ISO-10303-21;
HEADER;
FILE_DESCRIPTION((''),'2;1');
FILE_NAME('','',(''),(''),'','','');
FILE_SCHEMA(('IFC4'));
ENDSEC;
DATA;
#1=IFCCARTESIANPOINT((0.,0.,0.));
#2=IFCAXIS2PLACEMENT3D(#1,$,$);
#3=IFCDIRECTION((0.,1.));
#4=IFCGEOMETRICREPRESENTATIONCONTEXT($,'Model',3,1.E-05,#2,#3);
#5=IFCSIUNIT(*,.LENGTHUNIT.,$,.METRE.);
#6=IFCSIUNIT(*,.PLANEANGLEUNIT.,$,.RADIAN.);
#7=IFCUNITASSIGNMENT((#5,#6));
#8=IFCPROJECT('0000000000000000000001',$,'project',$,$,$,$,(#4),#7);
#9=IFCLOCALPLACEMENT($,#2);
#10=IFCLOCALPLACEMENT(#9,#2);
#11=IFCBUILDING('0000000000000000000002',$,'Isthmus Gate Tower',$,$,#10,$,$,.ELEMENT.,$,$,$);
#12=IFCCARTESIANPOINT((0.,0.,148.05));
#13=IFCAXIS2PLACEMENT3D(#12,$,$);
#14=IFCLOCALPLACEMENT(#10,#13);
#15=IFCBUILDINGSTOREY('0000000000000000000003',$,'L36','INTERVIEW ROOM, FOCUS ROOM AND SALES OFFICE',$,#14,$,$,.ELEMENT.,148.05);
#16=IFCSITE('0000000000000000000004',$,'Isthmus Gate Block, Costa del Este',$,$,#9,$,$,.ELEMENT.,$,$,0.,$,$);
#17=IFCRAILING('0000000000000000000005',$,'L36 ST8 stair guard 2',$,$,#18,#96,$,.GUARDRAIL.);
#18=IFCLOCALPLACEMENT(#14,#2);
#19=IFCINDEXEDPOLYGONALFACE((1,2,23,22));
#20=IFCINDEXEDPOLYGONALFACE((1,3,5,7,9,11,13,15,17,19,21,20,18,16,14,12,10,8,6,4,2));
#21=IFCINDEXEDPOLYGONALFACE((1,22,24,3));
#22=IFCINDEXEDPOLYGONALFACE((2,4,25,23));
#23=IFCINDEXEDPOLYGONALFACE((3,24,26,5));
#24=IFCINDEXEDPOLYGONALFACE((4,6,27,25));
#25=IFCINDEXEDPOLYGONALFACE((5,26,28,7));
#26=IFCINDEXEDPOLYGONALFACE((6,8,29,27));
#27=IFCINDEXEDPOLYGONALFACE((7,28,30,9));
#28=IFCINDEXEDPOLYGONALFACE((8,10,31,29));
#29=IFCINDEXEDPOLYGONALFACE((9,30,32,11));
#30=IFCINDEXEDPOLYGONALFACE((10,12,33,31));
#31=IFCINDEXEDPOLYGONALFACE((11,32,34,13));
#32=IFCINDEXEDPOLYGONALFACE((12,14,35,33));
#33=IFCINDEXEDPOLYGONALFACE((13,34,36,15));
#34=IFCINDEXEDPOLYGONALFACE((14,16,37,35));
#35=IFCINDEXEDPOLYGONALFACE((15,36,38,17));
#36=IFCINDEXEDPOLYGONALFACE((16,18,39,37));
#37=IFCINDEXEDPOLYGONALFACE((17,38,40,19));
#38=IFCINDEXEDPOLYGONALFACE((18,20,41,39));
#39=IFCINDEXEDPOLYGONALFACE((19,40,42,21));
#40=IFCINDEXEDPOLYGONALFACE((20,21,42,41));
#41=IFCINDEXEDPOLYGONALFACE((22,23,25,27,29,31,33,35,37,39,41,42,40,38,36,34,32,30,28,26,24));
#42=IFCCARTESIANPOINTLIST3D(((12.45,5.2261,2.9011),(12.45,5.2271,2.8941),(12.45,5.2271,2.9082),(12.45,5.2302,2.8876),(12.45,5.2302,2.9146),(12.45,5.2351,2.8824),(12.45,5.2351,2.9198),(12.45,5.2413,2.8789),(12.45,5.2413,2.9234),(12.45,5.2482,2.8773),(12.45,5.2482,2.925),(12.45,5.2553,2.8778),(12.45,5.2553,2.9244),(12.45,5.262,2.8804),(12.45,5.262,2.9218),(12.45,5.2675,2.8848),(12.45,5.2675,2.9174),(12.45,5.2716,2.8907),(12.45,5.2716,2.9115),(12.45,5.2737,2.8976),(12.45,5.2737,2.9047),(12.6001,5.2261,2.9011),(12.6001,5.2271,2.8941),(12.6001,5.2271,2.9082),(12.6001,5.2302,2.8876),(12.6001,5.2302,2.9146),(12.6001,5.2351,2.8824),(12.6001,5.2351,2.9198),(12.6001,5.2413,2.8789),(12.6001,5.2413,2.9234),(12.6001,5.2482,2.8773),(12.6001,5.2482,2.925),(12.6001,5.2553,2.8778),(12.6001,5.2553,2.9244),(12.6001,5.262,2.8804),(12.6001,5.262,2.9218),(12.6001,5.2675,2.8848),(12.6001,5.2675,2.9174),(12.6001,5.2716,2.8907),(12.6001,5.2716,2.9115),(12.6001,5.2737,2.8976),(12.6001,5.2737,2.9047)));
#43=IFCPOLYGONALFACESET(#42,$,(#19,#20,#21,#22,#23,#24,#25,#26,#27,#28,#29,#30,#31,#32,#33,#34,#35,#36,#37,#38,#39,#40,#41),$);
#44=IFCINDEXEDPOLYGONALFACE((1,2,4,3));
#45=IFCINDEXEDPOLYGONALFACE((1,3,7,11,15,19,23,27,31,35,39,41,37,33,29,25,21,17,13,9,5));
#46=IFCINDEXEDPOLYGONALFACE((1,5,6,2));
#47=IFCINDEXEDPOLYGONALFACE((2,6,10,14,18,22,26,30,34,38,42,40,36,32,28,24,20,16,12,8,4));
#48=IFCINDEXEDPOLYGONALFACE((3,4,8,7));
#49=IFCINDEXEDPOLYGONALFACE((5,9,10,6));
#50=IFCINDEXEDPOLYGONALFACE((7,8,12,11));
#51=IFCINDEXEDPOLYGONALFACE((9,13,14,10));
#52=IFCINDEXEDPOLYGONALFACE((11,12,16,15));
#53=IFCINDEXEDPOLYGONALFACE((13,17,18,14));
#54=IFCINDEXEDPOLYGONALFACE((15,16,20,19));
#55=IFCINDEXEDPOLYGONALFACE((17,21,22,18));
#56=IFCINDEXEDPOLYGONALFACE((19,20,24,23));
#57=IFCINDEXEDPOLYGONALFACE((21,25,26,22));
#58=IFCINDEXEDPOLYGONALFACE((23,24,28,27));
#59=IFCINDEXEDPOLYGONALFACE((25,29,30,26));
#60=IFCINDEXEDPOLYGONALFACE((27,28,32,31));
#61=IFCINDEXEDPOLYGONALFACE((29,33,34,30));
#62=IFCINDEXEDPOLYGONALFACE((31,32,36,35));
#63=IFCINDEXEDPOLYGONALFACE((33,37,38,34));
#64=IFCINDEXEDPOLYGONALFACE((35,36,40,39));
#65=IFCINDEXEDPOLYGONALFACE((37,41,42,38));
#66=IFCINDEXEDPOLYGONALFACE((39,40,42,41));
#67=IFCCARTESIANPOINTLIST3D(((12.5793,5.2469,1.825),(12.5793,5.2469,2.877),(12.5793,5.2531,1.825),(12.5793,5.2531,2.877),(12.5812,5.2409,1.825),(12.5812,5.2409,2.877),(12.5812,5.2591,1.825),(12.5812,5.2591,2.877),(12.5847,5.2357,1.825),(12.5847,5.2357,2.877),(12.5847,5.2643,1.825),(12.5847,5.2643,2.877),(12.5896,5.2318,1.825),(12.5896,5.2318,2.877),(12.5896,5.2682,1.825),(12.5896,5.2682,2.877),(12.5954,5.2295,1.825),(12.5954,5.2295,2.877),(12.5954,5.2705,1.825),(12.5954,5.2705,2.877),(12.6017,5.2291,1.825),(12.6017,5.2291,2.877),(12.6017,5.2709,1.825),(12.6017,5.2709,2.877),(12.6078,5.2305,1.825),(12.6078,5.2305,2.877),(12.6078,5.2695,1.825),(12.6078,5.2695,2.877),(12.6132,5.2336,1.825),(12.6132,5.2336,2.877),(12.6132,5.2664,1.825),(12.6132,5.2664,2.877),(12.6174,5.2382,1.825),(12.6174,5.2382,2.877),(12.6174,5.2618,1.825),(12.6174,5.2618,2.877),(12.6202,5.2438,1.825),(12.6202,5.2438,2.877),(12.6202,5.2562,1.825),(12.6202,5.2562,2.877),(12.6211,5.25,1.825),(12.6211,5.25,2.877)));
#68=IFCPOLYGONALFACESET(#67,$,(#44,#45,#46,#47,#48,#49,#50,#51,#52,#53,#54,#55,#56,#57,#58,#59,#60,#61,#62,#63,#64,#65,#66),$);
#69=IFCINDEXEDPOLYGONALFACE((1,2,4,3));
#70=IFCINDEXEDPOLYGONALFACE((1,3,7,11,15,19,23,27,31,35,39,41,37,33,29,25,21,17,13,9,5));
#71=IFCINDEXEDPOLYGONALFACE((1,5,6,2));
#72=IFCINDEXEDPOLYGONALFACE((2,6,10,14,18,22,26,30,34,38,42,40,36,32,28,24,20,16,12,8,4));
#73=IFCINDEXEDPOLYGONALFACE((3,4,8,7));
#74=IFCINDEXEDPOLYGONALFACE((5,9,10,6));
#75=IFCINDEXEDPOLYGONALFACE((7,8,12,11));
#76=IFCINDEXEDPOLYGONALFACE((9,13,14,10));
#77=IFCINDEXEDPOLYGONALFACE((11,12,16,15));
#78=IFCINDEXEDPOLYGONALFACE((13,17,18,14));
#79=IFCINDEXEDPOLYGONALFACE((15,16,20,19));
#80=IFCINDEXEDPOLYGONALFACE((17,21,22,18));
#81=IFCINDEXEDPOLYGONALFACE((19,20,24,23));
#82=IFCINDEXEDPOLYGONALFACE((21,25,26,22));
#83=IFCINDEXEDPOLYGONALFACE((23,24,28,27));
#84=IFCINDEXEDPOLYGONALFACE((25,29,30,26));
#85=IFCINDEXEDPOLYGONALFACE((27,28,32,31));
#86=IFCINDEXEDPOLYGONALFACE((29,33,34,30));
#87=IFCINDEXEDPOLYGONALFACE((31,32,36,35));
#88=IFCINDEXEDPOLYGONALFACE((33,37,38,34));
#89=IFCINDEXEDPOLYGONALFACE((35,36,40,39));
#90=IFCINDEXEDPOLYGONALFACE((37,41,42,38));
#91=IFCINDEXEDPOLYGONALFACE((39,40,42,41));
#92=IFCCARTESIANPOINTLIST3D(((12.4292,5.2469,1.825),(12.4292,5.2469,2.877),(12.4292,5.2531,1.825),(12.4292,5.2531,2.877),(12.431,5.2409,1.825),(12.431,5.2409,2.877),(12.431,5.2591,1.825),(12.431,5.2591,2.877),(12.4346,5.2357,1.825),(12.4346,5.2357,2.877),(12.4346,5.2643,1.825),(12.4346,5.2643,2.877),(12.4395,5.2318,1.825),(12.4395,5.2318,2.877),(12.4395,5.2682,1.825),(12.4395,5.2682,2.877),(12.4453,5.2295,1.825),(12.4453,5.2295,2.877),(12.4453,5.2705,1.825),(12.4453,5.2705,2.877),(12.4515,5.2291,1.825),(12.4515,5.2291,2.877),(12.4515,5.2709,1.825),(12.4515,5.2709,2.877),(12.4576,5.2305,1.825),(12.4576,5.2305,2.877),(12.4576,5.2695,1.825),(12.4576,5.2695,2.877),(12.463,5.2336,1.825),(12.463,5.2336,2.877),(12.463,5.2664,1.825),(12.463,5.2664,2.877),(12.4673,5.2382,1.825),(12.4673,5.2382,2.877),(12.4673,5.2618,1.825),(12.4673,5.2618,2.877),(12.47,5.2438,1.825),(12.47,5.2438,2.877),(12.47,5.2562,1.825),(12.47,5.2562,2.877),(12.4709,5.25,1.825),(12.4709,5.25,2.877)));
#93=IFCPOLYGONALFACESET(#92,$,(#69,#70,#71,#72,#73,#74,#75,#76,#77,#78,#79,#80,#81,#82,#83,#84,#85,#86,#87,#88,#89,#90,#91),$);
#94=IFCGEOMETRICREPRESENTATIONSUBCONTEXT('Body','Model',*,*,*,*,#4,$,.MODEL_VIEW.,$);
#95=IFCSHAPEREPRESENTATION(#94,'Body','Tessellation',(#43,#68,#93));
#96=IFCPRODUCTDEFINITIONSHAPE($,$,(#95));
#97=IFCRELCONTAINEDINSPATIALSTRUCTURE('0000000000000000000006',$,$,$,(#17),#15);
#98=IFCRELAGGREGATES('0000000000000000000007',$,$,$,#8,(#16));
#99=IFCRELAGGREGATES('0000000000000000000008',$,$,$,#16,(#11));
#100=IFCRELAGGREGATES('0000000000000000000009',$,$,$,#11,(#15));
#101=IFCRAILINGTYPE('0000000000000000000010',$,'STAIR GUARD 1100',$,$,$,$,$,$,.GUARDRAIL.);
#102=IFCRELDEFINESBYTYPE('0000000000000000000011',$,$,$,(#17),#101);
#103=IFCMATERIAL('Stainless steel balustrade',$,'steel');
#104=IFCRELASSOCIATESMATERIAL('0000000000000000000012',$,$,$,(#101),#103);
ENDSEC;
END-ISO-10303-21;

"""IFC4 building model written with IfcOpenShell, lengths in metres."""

from ifc_helpers import new_model, si_unit, direction, frame, origin, origin_2d, place, context, subcontext, project, spatial, circle, extrude, material, type_object, element, save


model = new_model("IFC4")

# Units and contexts
model_context = context("Model", 3, precision=1e-05, world=origin(), true_north=direction((0.0, 1.0)))
body_context = subcontext(model_context, "Body", "Model", "MODEL_VIEW")
ifc_project = project(units=[si_unit("LENGTHUNIT", "METRE"), si_unit("PLANEANGLEUNIT", "RADIAN")], contexts=[model_context])

# Site, building, storey
site_placement = place(None, origin())
site = spatial("IfcSite", under=ifc_project, at=site_placement, Name="Isthmus Gate Block, Costa del Este", CompositionType="ELEMENT", RefElevation=0.0)
building_placement = place(site_placement, origin())
building = spatial("IfcBuilding", under=site, at=building_placement, Name="Isthmus Gate Tower", CompositionType="ELEMENT")
storey_placement = place(building_placement, frame((0.0, 0.0, 148.05)))
storey = spatial("IfcBuildingStorey", under=building, at=storey_placement, Name="L36", Description="INTERVIEW ROOM, FOCUS ROOM AND SALES OFFICE", CompositionType="ELEMENT", Elevation=148.05)

# Railing
ifc_material_1 = material(Name="Stainless steel balustrade", Category="steel")
railing_type_1 = type_object("IfcRailingType", Name="STAIR GUARD 1100", PredefinedType="GUARDRAIL", material=ifc_material_1)
railing_1_placement = place(storey_placement, frame((12.6001, 5.25, 1.825)))
element("IfcRailing", 1, at=railing_1_placement, inside=storey, type_object=railing_type_1, Name="L36 ST8 stair guard 2", PredefinedType="GUARDRAIL", context=body_context, shape_type="SweptSolid", body=[
    extrude(circle(Radius=0.0239, at=origin_2d()), frame((0.0, 0.0, 1.0762), z_axis=(-1.0, 0.0, 0.0), x_axis=(0.0, -1.0, 0.0)), (0.0, 0.0, 1.0), 0.1501),
    extrude(circle(Radius=0.021, at=origin_2d()), origin(), (0.0, 0.0, 1.0), 1.052),
    extrude(circle(Radius=0.021, at=origin_2d()), frame((-0.1501, 0.0, 0.0)), (0.0, 0.0, 1.0), 1.052),
])

save(model, "model.ifc")
